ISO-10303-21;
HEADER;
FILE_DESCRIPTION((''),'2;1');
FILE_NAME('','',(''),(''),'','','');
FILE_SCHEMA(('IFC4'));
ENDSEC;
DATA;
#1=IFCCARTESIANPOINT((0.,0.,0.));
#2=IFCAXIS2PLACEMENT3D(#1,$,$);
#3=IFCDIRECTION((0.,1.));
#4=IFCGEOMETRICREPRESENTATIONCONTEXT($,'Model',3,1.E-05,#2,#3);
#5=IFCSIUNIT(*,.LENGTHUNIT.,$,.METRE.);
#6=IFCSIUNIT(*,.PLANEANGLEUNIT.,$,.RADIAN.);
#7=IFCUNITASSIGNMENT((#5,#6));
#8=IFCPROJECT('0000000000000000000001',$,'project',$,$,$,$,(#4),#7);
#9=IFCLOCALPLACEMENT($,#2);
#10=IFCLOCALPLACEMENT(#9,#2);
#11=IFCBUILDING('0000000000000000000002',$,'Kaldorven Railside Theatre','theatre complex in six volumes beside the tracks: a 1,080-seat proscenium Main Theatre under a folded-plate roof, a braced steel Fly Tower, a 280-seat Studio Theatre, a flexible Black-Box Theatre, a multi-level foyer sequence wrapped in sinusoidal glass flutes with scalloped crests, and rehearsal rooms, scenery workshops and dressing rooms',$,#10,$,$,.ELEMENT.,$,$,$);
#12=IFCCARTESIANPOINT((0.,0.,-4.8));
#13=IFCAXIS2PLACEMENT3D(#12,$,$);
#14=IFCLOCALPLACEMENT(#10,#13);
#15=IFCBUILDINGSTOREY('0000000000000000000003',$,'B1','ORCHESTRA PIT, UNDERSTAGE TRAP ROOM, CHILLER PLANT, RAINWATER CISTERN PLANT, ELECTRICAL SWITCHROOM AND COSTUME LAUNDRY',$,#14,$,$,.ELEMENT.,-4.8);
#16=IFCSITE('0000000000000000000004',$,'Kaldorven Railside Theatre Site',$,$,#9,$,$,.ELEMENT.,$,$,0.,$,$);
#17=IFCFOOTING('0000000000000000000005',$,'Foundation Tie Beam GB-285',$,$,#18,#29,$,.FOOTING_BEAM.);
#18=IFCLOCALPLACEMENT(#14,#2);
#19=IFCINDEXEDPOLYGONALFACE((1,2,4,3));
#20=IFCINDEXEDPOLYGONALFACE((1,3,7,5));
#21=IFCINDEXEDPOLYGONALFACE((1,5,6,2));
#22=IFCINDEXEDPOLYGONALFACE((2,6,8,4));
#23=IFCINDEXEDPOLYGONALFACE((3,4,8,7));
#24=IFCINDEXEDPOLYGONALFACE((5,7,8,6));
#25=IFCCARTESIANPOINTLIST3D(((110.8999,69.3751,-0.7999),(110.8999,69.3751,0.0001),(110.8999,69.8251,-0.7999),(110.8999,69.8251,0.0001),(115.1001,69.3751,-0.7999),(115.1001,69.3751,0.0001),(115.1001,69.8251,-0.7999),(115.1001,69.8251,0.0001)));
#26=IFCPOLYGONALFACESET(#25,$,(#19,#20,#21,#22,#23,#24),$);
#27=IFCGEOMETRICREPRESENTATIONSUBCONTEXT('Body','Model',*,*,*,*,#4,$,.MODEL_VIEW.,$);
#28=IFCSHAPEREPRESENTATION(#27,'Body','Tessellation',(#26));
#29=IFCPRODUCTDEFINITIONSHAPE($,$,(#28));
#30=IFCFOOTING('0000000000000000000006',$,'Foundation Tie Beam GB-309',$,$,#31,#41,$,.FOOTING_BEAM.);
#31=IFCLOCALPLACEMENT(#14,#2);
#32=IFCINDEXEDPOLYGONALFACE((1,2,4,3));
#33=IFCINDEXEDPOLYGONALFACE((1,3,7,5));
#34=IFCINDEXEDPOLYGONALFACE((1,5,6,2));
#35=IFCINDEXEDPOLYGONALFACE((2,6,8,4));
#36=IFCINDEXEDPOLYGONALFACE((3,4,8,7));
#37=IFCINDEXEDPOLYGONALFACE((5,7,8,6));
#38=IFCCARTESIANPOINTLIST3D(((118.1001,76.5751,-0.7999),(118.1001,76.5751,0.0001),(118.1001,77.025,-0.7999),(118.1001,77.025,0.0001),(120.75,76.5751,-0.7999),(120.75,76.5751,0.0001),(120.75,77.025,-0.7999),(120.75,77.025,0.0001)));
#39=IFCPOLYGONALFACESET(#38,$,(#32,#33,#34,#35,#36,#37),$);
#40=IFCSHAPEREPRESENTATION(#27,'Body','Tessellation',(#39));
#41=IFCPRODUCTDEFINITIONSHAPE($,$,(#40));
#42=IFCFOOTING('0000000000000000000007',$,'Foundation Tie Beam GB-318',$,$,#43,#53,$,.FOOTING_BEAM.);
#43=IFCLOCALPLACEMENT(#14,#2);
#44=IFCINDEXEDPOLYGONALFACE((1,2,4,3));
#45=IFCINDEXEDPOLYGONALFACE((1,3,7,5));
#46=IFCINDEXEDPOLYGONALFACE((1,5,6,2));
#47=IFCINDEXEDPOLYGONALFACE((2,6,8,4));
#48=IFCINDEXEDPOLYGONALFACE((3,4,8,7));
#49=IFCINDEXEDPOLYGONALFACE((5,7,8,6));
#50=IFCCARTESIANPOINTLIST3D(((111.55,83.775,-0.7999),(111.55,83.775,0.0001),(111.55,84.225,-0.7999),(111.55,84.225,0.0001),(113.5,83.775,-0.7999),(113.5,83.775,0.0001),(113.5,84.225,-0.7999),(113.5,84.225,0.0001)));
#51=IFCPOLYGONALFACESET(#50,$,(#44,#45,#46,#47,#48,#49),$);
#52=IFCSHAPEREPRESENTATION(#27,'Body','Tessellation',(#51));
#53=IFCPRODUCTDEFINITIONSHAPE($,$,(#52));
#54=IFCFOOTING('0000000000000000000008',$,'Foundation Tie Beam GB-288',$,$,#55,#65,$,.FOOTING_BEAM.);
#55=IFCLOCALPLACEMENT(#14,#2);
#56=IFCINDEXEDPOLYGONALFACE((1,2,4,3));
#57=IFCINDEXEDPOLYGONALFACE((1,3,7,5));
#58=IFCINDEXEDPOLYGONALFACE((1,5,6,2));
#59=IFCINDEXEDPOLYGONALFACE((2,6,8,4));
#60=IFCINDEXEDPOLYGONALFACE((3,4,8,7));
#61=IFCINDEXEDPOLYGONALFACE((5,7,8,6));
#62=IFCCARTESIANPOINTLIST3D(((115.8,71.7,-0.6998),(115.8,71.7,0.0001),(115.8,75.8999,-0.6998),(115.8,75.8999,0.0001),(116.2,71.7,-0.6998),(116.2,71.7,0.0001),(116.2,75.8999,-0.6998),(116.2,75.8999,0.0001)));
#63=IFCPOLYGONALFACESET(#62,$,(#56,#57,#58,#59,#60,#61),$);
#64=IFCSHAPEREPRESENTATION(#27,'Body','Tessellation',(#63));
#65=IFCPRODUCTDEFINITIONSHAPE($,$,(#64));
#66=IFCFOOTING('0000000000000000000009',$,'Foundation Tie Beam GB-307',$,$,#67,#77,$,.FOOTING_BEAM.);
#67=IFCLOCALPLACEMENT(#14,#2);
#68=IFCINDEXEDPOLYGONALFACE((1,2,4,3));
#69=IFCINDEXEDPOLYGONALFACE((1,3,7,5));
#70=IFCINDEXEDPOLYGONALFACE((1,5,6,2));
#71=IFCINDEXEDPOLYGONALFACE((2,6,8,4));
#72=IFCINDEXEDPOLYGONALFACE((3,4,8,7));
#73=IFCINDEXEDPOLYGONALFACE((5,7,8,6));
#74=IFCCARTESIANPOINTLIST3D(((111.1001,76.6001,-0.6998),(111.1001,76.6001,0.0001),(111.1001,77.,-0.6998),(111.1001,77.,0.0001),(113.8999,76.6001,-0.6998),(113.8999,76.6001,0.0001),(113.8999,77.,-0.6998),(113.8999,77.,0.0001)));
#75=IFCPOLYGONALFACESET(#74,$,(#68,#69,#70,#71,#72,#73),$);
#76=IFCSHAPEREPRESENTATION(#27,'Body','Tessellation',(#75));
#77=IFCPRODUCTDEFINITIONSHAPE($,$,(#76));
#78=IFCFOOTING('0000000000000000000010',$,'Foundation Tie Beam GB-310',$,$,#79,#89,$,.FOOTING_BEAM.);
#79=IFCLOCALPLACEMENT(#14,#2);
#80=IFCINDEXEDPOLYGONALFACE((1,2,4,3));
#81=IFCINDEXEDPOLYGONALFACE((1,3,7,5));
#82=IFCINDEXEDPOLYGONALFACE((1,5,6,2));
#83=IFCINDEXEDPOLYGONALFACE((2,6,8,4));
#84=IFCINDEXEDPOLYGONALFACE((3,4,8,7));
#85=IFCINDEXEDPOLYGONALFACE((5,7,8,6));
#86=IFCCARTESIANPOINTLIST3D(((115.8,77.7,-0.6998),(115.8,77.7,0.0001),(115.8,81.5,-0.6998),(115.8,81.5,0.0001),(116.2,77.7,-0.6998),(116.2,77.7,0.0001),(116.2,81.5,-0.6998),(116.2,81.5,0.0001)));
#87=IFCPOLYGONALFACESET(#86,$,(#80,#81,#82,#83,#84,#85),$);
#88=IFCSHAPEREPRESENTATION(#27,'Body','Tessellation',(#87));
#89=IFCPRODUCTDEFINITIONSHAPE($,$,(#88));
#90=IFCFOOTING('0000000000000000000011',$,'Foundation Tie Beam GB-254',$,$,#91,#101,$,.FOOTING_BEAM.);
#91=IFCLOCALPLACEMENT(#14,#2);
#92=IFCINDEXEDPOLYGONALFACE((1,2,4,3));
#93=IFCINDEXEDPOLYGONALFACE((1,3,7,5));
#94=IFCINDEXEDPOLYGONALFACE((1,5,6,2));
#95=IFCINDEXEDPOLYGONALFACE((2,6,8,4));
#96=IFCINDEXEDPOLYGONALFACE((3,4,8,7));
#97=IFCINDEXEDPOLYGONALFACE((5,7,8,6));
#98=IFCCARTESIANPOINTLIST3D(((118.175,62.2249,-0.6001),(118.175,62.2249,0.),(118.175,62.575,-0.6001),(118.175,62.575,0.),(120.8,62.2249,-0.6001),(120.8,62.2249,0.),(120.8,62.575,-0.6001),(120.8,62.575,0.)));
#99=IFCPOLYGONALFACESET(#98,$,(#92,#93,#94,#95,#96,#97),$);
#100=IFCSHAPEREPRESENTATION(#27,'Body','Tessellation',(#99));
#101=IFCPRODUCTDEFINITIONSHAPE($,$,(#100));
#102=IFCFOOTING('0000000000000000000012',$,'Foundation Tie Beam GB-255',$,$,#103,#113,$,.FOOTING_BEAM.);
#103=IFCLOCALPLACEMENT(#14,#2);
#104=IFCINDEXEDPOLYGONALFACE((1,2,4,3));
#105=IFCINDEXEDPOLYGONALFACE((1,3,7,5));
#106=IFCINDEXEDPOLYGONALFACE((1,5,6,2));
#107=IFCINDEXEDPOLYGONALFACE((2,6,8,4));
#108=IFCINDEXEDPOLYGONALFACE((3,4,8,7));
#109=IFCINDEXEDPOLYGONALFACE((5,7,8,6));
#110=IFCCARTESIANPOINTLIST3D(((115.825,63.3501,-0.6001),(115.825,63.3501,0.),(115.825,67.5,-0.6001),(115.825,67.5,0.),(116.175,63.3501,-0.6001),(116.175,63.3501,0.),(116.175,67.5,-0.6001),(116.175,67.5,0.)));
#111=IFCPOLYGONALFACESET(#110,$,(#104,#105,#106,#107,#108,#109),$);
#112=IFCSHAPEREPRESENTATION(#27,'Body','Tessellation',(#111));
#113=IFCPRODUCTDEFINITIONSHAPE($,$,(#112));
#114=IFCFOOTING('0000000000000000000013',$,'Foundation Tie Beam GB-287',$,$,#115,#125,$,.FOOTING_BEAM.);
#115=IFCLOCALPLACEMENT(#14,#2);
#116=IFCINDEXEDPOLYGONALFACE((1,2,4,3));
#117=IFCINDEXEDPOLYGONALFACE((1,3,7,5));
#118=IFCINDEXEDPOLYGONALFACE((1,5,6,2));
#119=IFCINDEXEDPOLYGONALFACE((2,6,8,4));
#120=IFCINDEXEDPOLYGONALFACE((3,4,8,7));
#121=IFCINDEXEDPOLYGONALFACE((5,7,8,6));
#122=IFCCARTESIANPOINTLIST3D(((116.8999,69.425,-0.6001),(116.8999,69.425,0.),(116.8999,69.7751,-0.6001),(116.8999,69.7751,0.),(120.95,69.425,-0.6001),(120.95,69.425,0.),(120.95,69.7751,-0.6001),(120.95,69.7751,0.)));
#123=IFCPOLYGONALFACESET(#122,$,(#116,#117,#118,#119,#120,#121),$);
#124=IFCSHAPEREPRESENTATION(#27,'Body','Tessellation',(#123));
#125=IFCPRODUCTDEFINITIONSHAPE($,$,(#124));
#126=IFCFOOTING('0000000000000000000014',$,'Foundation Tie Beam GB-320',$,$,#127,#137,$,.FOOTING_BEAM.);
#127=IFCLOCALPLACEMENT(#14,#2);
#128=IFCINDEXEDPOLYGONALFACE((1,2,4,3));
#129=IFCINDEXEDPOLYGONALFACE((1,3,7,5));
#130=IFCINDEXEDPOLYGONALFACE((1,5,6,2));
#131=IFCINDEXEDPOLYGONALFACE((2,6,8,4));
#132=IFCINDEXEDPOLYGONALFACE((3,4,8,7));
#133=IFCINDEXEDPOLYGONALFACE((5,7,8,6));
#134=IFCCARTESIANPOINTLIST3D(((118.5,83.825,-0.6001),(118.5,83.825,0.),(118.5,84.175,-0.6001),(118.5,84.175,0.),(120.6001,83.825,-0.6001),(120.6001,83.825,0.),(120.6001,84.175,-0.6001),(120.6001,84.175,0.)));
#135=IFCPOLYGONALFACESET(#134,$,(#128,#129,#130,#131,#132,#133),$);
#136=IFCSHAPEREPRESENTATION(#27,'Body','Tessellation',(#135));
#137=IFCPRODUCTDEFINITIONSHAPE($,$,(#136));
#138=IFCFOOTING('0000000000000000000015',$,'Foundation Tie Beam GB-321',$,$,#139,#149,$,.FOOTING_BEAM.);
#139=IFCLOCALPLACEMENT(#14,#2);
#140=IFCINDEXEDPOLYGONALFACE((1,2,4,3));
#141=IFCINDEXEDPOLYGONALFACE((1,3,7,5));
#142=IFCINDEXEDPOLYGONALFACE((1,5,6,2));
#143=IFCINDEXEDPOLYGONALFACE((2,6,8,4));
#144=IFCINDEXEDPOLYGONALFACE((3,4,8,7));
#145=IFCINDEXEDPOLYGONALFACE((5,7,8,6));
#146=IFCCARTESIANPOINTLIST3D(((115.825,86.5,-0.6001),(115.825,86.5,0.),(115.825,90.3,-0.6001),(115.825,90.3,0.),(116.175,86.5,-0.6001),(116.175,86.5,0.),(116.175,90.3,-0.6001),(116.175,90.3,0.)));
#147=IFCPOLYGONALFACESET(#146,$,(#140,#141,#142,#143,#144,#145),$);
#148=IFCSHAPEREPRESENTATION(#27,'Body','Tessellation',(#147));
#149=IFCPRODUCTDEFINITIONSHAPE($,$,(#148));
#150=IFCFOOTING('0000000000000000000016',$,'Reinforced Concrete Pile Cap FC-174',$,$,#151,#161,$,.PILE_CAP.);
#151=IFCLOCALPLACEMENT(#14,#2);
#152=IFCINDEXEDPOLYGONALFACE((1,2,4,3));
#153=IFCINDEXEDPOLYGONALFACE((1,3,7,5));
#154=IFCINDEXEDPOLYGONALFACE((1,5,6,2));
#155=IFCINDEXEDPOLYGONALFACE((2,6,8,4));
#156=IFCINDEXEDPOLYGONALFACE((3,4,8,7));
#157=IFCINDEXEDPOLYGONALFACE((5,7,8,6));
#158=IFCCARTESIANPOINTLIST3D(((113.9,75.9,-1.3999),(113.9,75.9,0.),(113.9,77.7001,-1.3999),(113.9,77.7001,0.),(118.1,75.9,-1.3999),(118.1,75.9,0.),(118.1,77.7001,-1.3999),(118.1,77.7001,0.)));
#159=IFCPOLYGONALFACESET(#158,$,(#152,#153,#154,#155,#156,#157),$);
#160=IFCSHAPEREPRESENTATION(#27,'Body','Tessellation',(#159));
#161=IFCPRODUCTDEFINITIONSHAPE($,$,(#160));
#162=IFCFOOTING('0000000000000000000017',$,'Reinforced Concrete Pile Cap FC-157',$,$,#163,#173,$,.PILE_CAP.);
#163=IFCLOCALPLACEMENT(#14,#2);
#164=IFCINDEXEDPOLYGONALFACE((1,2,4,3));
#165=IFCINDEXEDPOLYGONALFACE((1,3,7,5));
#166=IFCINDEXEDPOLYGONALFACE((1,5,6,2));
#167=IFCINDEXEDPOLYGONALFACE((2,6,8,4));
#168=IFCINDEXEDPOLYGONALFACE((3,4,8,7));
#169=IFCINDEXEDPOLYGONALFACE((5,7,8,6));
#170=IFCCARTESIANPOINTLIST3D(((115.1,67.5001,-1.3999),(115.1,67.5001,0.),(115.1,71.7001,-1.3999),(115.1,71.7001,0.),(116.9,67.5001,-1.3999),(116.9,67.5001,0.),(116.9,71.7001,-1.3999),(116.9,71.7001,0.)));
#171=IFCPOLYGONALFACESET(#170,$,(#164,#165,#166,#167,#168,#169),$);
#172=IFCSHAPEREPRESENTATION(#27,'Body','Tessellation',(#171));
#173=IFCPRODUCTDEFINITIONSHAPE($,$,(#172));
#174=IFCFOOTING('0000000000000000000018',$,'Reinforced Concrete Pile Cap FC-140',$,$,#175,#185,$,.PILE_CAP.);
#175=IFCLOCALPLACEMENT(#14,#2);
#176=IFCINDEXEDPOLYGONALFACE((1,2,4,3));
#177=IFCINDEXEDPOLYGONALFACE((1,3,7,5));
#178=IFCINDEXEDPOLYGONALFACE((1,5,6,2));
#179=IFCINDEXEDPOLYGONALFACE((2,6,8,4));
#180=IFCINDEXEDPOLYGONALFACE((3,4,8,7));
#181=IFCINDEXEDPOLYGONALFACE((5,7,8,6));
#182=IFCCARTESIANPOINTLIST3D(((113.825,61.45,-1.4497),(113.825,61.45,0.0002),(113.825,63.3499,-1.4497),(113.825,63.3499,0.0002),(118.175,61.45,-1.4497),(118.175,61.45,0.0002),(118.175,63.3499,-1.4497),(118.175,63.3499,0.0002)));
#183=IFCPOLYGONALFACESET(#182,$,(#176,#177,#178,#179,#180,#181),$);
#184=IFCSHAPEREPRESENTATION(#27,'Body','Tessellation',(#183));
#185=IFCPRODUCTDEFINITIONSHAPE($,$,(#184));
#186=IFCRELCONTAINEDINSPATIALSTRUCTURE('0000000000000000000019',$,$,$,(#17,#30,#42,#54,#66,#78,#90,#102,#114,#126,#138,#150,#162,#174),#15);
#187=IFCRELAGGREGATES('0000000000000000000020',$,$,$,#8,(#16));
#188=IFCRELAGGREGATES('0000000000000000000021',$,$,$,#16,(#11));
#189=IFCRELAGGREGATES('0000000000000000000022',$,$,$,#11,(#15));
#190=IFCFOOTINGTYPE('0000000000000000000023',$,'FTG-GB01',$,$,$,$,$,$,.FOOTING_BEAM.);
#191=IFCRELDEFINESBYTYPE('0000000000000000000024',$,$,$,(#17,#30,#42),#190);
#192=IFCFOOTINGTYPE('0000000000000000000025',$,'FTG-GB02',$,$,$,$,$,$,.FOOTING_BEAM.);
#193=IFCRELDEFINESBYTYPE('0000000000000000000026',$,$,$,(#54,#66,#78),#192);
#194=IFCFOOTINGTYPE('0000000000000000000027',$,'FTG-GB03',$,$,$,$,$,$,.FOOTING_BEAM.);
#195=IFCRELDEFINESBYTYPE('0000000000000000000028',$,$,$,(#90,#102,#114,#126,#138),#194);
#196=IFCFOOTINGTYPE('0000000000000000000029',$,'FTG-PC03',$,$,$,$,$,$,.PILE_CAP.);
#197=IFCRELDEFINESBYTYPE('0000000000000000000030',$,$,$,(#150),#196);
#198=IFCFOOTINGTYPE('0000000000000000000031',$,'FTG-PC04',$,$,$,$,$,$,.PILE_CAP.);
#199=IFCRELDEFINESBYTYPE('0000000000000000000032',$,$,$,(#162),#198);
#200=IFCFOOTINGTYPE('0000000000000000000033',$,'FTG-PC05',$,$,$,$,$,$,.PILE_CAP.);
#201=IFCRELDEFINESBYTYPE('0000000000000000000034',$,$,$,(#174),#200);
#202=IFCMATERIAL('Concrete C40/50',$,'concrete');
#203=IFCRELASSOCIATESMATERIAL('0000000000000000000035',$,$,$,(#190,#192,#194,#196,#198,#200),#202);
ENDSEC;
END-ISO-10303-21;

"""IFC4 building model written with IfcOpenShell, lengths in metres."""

from ifc_helpers import new_model, si_unit, direction, frame, origin, origin_2d, place, context, subcontext, project, spatial, rectangle, extrude, material, material_profile, profile_set, type_object, element, save


model = new_model("IFC4")

# Units and contexts
model_context = context("Model", 3, precision=1e-05, world=origin(), true_north=direction((0.0, 1.0)))
body_context = subcontext(model_context, "Body", "Model", "MODEL_VIEW")
ifc_project = project(units=[si_unit("LENGTHUNIT", "METRE"), si_unit("PLANEANGLEUNIT", "RADIAN")], contexts=[model_context])

# Site, building, storey
site_placement = place(None, origin())
site = spatial("IfcSite", under=ifc_project, at=site_placement, Name="Kaldorven Railside Theatre Site", CompositionType="ELEMENT", RefElevation=0.0)
building_placement = place(site_placement, origin())
building = spatial("IfcBuilding", under=site, at=building_placement, Name="Kaldorven Railside Theatre", Description="theatre complex in six volumes beside the tracks: a 1,080-seat proscenium Main Theatre under a folded-plate roof, a braced steel Fly Tower, a 280-seat Studio Theatre, a flexible Black-Box Theatre, a multi-level foyer sequence wrapped in sinusoidal glass flutes with scalloped crests, and rehearsal rooms, scenery workshops and dressing rooms", CompositionType="ELEMENT")
storey_placement = place(building_placement, frame((0.0, 0.0, -4.8)))
storey = spatial("IfcBuildingStorey", under=building, at=storey_placement, Name="B1", Description="ORCHESTRA PIT, UNDERSTAGE TRAP ROOM, CHILLER PLANT, RAINWATER CISTERN PLANT, ELECTRICAL SWITCHROOM AND COSTUME LAUNDRY", CompositionType="ELEMENT", Elevation=-4.8)

# Footings
ifc_material_1 = material(Name="Concrete C40/50", Category="concrete")
ifc_material_profile_1 = material_profile(ifc_material_1, rectangle(XDim=0.45, YDim=0.8, at=origin_2d()), Name="RC 450x800")
ifc_profile_set_1 = profile_set([ifc_material_profile_1], Name="Concrete C40/50")
footing_type_1 = type_object("IfcFootingType", Name="FTG-GB01", PredefinedType="FOOTING_BEAM", material=ifc_profile_set_1)
footing_1_placement = place(storey_placement, frame((110.8999, 69.6001, -0.3999), z_axis=(1.0, 0.0, 0.0), x_axis=(0.0, 1.0, 0.0)))
element("IfcFooting", 1, at=footing_1_placement, inside=storey, type_object=footing_type_1, Name="Foundation Tie Beam GB-285", PredefinedType="FOOTING_BEAM", context=body_context, shape_type="SweptSolid", body=[
    extrude(rectangle(XDim=0.45, YDim=0.8, at=origin_2d()), origin(), (0.0, 0.0, 1.0), 4.2002),
])
footing_2_placement = place(storey_placement, frame((118.1001, 76.8, -0.3999), z_axis=(1.0, 0.0, 0.0), x_axis=(0.0, 1.0, 0.0)))
element("IfcFooting", 2, at=footing_2_placement, inside=storey, type_object=footing_type_1, Name="Foundation Tie Beam GB-309", PredefinedType="FOOTING_BEAM", context=body_context, shape_type="SweptSolid", body=[
    extrude(rectangle(XDim=0.45, YDim=0.8, at=origin_2d()), origin(), (0.0, 0.0, 1.0), 2.6499),
])
footing_3_placement = place(storey_placement, frame((111.55, 84.0, -0.3999), z_axis=(1.0, 0.0, 0.0), x_axis=(0.0, 1.0, 0.0)))
element("IfcFooting", 3, at=footing_3_placement, inside=storey, type_object=footing_type_1, Name="Foundation Tie Beam GB-318", PredefinedType="FOOTING_BEAM", context=body_context, shape_type="SweptSolid", body=[
    extrude(rectangle(XDim=0.45, YDim=0.8, at=origin_2d()), origin(), (0.0, 0.0, 1.0), 1.95),
])
ifc_material_profile_2 = material_profile(ifc_material_1, rectangle(XDim=0.3999, YDim=0.7, at=origin_2d()), Name="RC 400x700")
ifc_profile_set_2 = profile_set([ifc_material_profile_2], Name="Concrete C40/50")
footing_type_2 = type_object("IfcFootingType", Name="FTG-GB02", PredefinedType="FOOTING_BEAM", material=ifc_profile_set_2)
footing_4_placement = place(storey_placement, frame((116.0, 71.7, -0.3499), z_axis=(0.0, 1.0, 0.0), x_axis=(-1.0, 0.0, 0.0)))
element("IfcFooting", 4, at=footing_4_placement, inside=storey, type_object=footing_type_2, Name="Foundation Tie Beam GB-288", PredefinedType="FOOTING_BEAM", context=body_context, shape_type="SweptSolid", body=[
    extrude(rectangle(XDim=0.3999, YDim=0.7, at=origin_2d()), origin(), (0.0, 0.0, 1.0), 4.2),
])
footing_5_placement = place(storey_placement, frame((111.1001, 76.8, -0.3499), z_axis=(1.0, 0.0, 0.0), x_axis=(0.0, 1.0, 0.0)))
element("IfcFooting", 5, at=footing_5_placement, inside=storey, type_object=footing_type_2, Name="Foundation Tie Beam GB-307", PredefinedType="FOOTING_BEAM", context=body_context, shape_type="SweptSolid", body=[
    extrude(rectangle(XDim=0.3999, YDim=0.7, at=origin_2d()), origin(), (0.0, 0.0, 1.0), 2.7998),
])
footing_6_placement = place(storey_placement, frame((116.0, 77.7, -0.3499), z_axis=(0.0, 1.0, 0.0), x_axis=(-1.0, 0.0, 0.0)))
element("IfcFooting", 6, at=footing_6_placement, inside=storey, type_object=footing_type_2, Name="Foundation Tie Beam GB-310", PredefinedType="FOOTING_BEAM", context=body_context, shape_type="SweptSolid", body=[
    extrude(rectangle(XDim=0.3999, YDim=0.7, at=origin_2d()), origin(), (0.0, 0.0, 1.0), 3.8),
])
ifc_material_profile_3 = material_profile(ifc_material_1, rectangle(XDim=0.3501, YDim=0.6001, at=origin_2d()), Name="RC 350x600")
ifc_profile_set_3 = profile_set([ifc_material_profile_3], Name="Concrete C40/50")
footing_type_3 = type_object("IfcFootingType", Name="FTG-GB03", PredefinedType="FOOTING_BEAM", material=ifc_profile_set_3)
footing_7_placement = place(storey_placement, frame((118.175, 62.3999, -0.3), z_axis=(1.0, 0.0, 0.0), x_axis=(0.0, 1.0, 0.0)))
element("IfcFooting", 7, at=footing_7_placement, inside=storey, type_object=footing_type_3, Name="Foundation Tie Beam GB-254", PredefinedType="FOOTING_BEAM", context=body_context, shape_type="SweptSolid", body=[
    extrude(rectangle(XDim=0.3501, YDim=0.6001, at=origin_2d()), origin(), (0.0, 0.0, 1.0), 2.625),
])
footing_8_placement = place(storey_placement, frame((116.0, 63.3501, -0.3), z_axis=(0.0, 1.0, 0.0), x_axis=(-1.0, 0.0, 0.0)))
element("IfcFooting", 8, at=footing_8_placement, inside=storey, type_object=footing_type_3, Name="Foundation Tie Beam GB-255", PredefinedType="FOOTING_BEAM", context=body_context, shape_type="SweptSolid", body=[
    extrude(rectangle(XDim=0.3501, YDim=0.6001, at=origin_2d()), origin(), (0.0, 0.0, 1.0), 4.1499),
])
footing_9_placement = place(storey_placement, frame((116.8999, 69.6001, -0.3), z_axis=(1.0, 0.0, 0.0), x_axis=(0.0, 1.0, 0.0)))
element("IfcFooting", 9, at=footing_9_placement, inside=storey, type_object=footing_type_3, Name="Foundation Tie Beam GB-287", PredefinedType="FOOTING_BEAM", context=body_context, shape_type="SweptSolid", body=[
    extrude(rectangle(XDim=0.3501, YDim=0.6001, at=origin_2d()), origin(), (0.0, 0.0, 1.0), 4.05),
])
footing_10_placement = place(storey_placement, frame((118.5, 84.0, -0.3), z_axis=(1.0, 0.0, 0.0), x_axis=(0.0, 1.0, 0.0)))
element("IfcFooting", 10, at=footing_10_placement, inside=storey, type_object=footing_type_3, Name="Foundation Tie Beam GB-320", PredefinedType="FOOTING_BEAM", context=body_context, shape_type="SweptSolid", body=[
    extrude(rectangle(XDim=0.3501, YDim=0.6001, at=origin_2d()), origin(), (0.0, 0.0, 1.0), 2.1001),
])
footing_11_placement = place(storey_placement, frame((116.0, 86.5, -0.3), z_axis=(0.0, 1.0, 0.0), x_axis=(-1.0, 0.0, 0.0)))
element("IfcFooting", 11, at=footing_11_placement, inside=storey, type_object=footing_type_3, Name="Foundation Tie Beam GB-321", PredefinedType="FOOTING_BEAM", context=body_context, shape_type="SweptSolid", body=[
    extrude(rectangle(XDim=0.3501, YDim=0.6001, at=origin_2d()), origin(), (0.0, 0.0, 1.0), 3.8),
])
footing_type_4 = type_object("IfcFootingType", Name="FTG-PC03", PredefinedType="PILE_CAP", material=ifc_material_1)
footing_12_placement = place(storey_placement, frame((116.0, 76.8, -1.3999), z_axis=(0.0, 0.0, 1.0), x_axis=(1.0, 0.0, 0.0)))
element("IfcFooting", 12, at=footing_12_placement, inside=storey, type_object=footing_type_4, Name="Reinforced Concrete Pile Cap FC-174", PredefinedType="PILE_CAP", context=body_context, shape_type="SweptSolid", body=[
    extrude(rectangle(XDim=4.2, YDim=1.8, at=origin_2d()), origin(), (0.0, 0.0, 1.0), 1.3999),
])
footing_type_5 = type_object("IfcFootingType", Name="FTG-PC04", PredefinedType="PILE_CAP", material=ifc_material_1)
footing_13_placement = place(storey_placement, frame((116.0, 69.6001, -1.3999), z_axis=(0.0, 0.0, 1.0), x_axis=(1.0, 0.0, 0.0)))
element("IfcFooting", 13, at=footing_13_placement, inside=storey, type_object=footing_type_5, Name="Reinforced Concrete Pile Cap FC-157", PredefinedType="PILE_CAP", context=body_context, shape_type="SweptSolid", body=[
    extrude(rectangle(XDim=1.8, YDim=4.2, at=origin_2d()), origin(), (0.0, 0.0, 1.0), 1.3999),
])
footing_type_6 = type_object("IfcFootingType", Name="FTG-PC05", PredefinedType="PILE_CAP", material=ifc_material_1)
footing_14_placement = place(storey_placement, frame((116.0, 62.3999, -1.4497), z_axis=(0.0, 0.0, 1.0), x_axis=(1.0, 0.0, 0.0)))
element("IfcFooting", 14, at=footing_14_placement, inside=storey, type_object=footing_type_6, Name="Reinforced Concrete Pile Cap FC-140", PredefinedType="PILE_CAP", context=body_context, shape_type="SweptSolid", body=[
    extrude(rectangle(XDim=4.3501, YDim=1.8999, at=origin_2d()), origin(), (0.0, 0.0, 1.0), 1.45),
])

save(model, "model.ifc")
